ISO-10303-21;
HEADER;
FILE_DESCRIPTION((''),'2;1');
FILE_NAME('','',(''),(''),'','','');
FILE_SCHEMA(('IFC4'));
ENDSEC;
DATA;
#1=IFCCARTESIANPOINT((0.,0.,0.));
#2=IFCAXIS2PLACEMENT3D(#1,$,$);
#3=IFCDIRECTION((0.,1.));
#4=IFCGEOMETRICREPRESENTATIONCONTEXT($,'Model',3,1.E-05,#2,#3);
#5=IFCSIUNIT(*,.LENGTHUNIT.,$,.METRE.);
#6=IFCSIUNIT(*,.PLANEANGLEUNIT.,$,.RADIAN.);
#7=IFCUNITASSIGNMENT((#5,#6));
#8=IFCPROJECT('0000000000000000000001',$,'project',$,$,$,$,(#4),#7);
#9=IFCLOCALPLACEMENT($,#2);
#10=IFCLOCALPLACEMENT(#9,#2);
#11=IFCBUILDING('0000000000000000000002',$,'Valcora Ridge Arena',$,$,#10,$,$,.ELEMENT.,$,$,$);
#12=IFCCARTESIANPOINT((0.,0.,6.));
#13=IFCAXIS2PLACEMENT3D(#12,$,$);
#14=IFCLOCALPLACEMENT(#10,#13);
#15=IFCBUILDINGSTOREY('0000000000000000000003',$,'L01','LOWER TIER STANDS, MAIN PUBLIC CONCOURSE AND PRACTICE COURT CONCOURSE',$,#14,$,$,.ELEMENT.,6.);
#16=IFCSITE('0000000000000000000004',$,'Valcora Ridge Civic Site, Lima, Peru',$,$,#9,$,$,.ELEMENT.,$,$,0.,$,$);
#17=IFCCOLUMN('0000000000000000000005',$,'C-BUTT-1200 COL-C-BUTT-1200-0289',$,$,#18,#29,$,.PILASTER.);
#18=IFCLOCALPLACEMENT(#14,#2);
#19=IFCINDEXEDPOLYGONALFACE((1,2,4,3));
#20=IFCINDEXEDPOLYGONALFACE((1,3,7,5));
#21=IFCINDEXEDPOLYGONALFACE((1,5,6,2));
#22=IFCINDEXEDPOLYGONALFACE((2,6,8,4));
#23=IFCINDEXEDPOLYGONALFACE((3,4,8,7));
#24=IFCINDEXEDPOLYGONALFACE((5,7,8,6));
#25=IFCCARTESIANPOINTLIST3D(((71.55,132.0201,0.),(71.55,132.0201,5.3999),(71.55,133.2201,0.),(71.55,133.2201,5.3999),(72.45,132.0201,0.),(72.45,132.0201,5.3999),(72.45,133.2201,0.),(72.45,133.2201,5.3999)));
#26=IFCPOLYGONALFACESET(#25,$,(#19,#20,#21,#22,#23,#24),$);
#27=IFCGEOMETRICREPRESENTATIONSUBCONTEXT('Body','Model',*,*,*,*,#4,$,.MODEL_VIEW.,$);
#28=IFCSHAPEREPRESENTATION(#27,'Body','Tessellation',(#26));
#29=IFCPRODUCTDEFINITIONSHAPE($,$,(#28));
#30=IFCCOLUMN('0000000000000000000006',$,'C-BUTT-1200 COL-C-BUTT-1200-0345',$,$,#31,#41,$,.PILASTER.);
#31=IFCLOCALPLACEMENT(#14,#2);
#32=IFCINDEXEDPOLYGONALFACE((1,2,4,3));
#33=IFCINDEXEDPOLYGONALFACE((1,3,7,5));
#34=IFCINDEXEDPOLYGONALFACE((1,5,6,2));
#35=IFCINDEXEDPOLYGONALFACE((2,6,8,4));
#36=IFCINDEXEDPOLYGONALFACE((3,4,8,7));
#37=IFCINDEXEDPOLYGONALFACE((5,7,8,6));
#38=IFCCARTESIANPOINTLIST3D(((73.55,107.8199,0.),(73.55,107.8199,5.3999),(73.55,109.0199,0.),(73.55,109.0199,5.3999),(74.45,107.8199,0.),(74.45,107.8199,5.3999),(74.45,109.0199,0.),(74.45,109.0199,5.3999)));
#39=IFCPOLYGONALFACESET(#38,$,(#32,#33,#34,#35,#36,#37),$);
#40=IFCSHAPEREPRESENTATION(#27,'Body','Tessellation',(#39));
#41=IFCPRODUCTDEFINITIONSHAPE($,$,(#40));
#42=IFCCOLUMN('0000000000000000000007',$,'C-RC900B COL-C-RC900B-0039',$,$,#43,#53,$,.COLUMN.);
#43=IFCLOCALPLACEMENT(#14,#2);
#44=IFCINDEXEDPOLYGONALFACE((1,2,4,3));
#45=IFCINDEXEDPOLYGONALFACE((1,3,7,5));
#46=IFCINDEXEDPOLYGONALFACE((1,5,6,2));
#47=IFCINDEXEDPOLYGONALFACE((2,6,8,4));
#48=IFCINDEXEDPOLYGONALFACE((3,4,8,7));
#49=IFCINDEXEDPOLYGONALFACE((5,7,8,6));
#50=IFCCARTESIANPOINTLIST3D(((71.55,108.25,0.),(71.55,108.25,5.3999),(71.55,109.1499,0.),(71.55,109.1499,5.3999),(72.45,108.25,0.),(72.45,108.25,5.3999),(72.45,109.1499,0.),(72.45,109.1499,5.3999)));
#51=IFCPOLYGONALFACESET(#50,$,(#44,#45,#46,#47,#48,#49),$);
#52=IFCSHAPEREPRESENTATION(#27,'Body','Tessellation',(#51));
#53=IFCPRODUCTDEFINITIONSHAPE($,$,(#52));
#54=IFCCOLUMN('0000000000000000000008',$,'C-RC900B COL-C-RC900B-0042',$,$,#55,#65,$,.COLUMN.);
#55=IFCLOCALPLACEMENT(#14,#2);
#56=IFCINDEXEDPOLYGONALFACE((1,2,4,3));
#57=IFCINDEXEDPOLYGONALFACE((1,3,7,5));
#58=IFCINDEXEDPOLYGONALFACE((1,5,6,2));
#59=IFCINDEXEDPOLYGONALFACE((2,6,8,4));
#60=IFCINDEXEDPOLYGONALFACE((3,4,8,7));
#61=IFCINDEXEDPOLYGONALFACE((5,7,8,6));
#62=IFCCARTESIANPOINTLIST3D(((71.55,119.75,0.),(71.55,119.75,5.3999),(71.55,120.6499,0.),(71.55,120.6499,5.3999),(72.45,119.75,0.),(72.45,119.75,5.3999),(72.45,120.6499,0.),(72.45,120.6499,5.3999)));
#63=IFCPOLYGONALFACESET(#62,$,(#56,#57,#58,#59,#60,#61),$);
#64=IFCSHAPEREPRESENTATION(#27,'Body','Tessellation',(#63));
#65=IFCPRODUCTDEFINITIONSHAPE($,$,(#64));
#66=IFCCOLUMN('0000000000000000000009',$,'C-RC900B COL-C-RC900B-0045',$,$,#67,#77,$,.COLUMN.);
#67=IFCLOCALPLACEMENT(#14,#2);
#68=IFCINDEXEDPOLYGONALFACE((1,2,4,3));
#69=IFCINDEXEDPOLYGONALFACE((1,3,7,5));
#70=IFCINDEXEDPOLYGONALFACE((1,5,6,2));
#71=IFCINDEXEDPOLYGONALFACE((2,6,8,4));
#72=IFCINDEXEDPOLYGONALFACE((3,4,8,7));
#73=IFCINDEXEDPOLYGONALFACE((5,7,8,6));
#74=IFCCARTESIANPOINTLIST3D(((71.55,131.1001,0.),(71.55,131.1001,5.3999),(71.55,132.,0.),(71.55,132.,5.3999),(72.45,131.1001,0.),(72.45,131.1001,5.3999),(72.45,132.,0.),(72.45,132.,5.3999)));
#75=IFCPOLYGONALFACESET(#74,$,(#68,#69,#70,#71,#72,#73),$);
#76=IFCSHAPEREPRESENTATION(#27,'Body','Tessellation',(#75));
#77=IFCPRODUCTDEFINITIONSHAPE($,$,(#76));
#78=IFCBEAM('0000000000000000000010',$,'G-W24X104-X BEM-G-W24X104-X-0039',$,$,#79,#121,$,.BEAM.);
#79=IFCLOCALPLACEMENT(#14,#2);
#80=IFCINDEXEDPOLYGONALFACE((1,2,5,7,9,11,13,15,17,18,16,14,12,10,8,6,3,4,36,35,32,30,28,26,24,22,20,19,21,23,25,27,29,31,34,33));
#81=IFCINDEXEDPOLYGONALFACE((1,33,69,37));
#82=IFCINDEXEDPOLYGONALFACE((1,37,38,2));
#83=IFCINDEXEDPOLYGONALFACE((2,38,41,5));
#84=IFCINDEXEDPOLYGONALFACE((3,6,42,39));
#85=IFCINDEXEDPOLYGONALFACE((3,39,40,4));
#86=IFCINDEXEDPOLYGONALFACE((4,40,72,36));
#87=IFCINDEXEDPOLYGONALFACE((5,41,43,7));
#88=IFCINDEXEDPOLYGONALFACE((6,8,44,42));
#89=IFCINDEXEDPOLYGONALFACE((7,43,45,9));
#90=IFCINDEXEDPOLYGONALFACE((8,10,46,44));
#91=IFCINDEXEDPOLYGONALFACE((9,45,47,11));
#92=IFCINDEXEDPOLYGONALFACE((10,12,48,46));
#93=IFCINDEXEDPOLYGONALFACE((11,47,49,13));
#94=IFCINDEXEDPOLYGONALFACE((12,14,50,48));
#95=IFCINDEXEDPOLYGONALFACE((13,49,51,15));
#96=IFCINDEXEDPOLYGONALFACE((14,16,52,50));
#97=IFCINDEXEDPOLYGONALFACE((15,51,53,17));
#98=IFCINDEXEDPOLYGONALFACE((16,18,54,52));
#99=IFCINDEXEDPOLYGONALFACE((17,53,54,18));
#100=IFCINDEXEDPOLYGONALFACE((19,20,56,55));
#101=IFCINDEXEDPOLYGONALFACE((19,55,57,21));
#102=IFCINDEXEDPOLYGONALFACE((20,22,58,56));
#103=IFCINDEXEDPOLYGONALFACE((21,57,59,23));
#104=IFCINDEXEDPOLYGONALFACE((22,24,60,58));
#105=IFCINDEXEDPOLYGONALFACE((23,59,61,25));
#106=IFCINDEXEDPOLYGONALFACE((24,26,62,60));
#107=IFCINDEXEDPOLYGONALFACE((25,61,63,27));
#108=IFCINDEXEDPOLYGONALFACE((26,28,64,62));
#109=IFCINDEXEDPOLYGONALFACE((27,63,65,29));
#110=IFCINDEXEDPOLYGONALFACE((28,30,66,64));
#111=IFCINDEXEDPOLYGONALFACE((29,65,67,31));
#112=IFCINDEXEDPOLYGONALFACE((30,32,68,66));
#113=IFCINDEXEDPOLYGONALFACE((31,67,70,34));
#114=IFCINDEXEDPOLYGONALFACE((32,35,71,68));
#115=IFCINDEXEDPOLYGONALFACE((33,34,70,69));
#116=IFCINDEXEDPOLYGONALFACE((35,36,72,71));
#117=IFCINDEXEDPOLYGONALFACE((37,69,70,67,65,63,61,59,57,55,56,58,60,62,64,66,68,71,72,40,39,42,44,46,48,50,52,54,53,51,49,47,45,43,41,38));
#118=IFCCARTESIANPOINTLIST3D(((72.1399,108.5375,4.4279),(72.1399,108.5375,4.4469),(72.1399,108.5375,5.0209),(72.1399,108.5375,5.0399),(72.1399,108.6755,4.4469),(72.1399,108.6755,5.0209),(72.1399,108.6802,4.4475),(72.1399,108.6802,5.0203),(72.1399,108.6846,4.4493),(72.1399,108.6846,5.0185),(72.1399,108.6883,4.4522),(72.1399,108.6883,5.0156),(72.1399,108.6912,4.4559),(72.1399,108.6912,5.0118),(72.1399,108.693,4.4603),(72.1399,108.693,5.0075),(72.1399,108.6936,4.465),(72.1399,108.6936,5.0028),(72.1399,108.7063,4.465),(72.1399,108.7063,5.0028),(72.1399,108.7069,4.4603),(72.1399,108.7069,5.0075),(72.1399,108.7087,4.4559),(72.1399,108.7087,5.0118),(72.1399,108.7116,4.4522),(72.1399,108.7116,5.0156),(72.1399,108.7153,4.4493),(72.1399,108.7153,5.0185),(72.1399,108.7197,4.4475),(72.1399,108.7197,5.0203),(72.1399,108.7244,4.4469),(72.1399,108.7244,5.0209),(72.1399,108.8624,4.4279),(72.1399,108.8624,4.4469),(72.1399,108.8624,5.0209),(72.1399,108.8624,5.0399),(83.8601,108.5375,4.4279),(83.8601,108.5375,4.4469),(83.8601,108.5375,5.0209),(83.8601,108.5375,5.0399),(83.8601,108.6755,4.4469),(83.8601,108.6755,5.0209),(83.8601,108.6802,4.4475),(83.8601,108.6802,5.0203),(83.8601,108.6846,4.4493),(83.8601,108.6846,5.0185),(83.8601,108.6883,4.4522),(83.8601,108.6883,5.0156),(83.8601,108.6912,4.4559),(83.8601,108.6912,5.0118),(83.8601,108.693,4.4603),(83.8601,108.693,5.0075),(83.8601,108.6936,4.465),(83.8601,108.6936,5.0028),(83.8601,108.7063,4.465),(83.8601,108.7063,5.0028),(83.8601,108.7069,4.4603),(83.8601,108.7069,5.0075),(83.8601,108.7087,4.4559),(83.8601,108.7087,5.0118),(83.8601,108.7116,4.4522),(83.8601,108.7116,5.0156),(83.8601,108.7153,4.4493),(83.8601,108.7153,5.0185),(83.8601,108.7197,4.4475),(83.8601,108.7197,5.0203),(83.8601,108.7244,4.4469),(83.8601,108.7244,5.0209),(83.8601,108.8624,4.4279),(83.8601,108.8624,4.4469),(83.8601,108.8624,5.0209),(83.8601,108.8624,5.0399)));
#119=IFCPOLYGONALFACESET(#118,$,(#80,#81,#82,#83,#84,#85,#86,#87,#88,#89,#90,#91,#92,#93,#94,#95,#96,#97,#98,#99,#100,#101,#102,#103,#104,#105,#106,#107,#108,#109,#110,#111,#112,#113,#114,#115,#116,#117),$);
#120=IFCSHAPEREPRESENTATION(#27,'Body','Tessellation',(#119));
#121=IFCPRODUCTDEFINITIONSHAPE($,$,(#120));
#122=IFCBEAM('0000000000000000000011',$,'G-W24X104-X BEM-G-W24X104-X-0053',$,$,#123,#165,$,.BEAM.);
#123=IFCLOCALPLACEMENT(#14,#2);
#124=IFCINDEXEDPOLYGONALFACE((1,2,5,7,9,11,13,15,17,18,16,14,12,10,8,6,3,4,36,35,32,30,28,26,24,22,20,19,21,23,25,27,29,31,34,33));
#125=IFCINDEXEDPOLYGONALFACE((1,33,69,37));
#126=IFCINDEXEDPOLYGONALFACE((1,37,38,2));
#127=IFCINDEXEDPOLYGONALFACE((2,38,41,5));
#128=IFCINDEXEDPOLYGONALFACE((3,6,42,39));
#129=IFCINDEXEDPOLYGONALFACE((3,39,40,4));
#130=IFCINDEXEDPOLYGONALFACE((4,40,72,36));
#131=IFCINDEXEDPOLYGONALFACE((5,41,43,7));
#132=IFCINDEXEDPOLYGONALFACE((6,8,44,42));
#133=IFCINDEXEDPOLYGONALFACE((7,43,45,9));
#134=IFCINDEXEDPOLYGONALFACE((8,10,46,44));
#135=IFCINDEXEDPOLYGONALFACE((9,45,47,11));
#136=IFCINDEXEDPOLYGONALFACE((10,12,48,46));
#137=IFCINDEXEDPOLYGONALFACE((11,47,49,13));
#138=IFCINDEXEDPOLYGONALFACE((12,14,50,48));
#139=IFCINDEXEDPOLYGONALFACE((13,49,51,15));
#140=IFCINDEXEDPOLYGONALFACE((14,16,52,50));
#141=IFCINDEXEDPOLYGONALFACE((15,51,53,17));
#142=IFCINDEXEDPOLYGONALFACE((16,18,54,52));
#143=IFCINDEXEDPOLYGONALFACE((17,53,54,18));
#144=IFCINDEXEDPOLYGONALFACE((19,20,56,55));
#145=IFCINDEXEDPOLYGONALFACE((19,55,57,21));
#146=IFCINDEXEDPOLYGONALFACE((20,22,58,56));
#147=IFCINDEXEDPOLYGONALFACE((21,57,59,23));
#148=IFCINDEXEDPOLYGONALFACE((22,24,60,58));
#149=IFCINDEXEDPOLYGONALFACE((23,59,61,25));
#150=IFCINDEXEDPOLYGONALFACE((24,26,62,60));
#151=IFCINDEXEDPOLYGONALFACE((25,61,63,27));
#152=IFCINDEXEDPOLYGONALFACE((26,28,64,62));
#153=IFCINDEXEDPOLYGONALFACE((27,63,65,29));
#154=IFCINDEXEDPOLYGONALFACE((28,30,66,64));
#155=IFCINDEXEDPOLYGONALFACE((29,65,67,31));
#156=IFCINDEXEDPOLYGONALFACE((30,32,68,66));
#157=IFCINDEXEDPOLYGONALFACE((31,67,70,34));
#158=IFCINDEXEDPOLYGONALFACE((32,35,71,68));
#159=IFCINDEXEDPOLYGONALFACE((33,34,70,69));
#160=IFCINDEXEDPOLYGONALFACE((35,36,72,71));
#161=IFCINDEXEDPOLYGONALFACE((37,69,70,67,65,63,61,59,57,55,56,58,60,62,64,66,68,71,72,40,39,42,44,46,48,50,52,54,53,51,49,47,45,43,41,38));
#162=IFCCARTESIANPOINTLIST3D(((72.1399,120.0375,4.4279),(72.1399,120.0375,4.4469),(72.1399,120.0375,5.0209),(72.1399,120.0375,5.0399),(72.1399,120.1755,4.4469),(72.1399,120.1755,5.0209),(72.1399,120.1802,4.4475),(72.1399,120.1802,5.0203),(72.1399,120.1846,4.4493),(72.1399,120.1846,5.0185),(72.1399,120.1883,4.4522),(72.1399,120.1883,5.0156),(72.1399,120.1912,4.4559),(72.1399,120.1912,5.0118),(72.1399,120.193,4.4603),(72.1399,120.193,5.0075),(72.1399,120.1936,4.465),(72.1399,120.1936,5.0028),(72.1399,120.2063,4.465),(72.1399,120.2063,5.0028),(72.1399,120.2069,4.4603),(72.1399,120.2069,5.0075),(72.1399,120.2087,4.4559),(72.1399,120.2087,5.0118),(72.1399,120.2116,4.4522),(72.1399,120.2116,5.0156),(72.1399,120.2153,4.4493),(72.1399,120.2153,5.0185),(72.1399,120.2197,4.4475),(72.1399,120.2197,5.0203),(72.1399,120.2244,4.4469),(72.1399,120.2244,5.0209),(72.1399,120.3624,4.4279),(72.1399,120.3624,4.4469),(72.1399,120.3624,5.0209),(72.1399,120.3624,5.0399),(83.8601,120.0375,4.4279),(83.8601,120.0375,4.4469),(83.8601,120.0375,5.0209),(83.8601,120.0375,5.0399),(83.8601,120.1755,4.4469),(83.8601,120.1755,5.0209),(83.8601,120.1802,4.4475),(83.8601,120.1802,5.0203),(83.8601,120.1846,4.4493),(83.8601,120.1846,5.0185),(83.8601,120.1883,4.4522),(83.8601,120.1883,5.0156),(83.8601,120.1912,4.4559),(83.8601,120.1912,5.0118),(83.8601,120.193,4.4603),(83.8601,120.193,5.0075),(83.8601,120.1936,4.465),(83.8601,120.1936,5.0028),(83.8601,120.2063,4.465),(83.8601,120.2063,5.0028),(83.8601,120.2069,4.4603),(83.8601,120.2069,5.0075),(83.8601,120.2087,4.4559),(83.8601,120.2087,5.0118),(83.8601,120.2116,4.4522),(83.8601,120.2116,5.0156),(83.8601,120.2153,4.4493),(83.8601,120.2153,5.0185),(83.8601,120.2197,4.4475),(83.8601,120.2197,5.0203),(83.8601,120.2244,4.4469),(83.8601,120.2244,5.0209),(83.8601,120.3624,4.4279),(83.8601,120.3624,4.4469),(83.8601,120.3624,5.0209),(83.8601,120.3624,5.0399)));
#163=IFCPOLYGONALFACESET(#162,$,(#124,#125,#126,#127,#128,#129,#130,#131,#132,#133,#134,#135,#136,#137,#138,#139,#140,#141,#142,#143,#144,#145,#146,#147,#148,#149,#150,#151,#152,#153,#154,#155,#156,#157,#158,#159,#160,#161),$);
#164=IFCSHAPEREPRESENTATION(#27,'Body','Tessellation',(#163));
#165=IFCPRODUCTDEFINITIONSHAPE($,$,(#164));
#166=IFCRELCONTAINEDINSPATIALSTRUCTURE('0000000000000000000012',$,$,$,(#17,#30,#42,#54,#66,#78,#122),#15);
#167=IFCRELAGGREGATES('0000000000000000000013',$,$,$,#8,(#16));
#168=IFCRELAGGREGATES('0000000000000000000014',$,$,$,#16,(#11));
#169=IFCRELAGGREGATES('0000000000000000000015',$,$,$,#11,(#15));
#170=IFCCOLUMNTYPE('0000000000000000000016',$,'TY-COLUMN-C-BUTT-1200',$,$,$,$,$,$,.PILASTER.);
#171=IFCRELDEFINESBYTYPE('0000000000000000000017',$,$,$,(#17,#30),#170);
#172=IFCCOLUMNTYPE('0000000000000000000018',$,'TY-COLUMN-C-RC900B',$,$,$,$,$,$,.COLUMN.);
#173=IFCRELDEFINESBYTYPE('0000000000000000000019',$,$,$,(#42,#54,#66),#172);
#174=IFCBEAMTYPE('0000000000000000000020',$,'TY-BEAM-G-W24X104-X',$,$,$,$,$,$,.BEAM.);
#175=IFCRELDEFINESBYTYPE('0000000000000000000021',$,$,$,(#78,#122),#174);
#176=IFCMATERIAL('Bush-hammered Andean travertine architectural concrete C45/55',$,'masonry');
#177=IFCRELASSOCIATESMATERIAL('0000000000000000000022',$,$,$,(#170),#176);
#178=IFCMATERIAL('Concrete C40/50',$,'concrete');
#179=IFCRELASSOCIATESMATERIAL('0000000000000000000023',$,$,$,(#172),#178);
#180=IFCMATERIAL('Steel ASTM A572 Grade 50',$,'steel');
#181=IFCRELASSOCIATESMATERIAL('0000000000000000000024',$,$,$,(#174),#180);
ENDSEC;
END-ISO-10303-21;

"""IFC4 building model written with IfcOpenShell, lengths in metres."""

from ifc_helpers import new_model, si_unit, direction, frame, origin, origin_2d, place, context, subcontext, project, spatial, rectangle, i_section, extrude, material, material_profile, profile_set, type_object, element, save


model = new_model("IFC4")

# Units and contexts
model_context = context("Model", 3, precision=1e-05, world=origin(), true_north=direction((0.0, 1.0)))
body_context = subcontext(model_context, "Body", "Model", "MODEL_VIEW")
ifc_project = project(units=[si_unit("LENGTHUNIT", "METRE"), si_unit("PLANEANGLEUNIT", "RADIAN")], contexts=[model_context])

# Site, building, storey
site_placement = place(None, origin())
site = spatial("IfcSite", under=ifc_project, at=site_placement, Name="Valcora Ridge Civic Site, Lima, Peru", CompositionType="ELEMENT", RefElevation=0.0)
building_placement = place(site_placement, origin())
building = spatial("IfcBuilding", under=site, at=building_placement, Name="Valcora Ridge Arena", CompositionType="ELEMENT")
storey_placement = place(building_placement, frame((0.0, 0.0, 6.0)))
storey = spatial("IfcBuildingStorey", under=building, at=storey_placement, Name="L01", Description="LOWER TIER STANDS, MAIN PUBLIC CONCOURSE AND PRACTICE COURT CONCOURSE", CompositionType="ELEMENT", Elevation=6.0)

# Columns
ifc_material_1 = material(Name="Bush-hammered Andean travertine architectural concrete C45/55", Category="masonry")
ifc_material_profile_1 = material_profile(ifc_material_1, rectangle(XDim=0.8999, YDim=1.2, at=origin_2d()), Name="RC 900x1200")
ifc_profile_set_1 = profile_set([ifc_material_profile_1], Name="Bush-hammered Andean travertine architectural concrete C45/55")
column_type_1 = type_object("IfcColumnType", Name="TY-COLUMN-C-BUTT-1200", PredefinedType="PILASTER", material=ifc_profile_set_1)
for number, where, z_axis, x_axis, name in (
    (1, (72.0, 132.6201, 0.0), (0.0, 0.0, 1.0), (1.0, 0.0, 0.0), "C-BUTT-1200 COL-C-BUTT-1200-0289"),
    (2, (74.0, 108.4199, 0.0), (0.0, 0.0, 1.0), (1.0, 0.0, 0.0), "C-BUTT-1200 COL-C-BUTT-1200-0345"),
):
    element("IfcColumn", number, at=place(storey_placement, frame(where, z_axis=z_axis, x_axis=x_axis)), inside=storey, type_object=column_type_1, Name=name, PredefinedType="PILASTER", context=body_context, shape_type="SweptSolid", body=[
        extrude(rectangle(XDim=0.8999, YDim=1.2, at=origin_2d()), origin(), (0.0, 0.0, 1.0), 5.3999),
    ])
ifc_material_2 = material(Name="Concrete C40/50", Category="concrete")
ifc_material_profile_2 = material_profile(ifc_material_2, rectangle(XDim=0.8999, YDim=0.8999, at=origin_2d()), Name="RC 900x900")
ifc_profile_set_2 = profile_set([ifc_material_profile_2], Name="Concrete C40/50")
column_type_2 = type_object("IfcColumnType", Name="TY-COLUMN-C-RC900B", PredefinedType="COLUMN", material=ifc_profile_set_2)
for number, where, z_axis, x_axis, name in (
    (3, (72.0, 108.7, 0.0), (0.0, 0.0, 1.0), (1.0, 0.0, 0.0), "C-RC900B COL-C-RC900B-0039"),
    (4, (72.0, 120.2, 0.0), (0.0, 0.0, 1.0), (1.0, 0.0, 0.0), "C-RC900B COL-C-RC900B-0042"),
    (5, (72.0, 131.55, 0.0), (0.0, 0.0, 1.0), (1.0, 0.0, 0.0), "C-RC900B COL-C-RC900B-0045"),
):
    element("IfcColumn", number, at=place(storey_placement, frame(where, z_axis=z_axis, x_axis=x_axis)), inside=storey, type_object=column_type_2, Name=name, PredefinedType="COLUMN", context=body_context, shape_type="SweptSolid", body=[
        extrude(rectangle(XDim=0.8999, YDim=0.8999, at=origin_2d()), origin(), (0.0, 0.0, 1.0), 5.3999),
    ])

# Beams
ifc_material_3 = material(Name="Steel ASTM A572 Grade 50", Category="steel")
ifc_material_profile_3 = material_profile(ifc_material_3, i_section(OverallWidth=0.325, OverallDepth=0.6121, WebThickness=0.0127, FlangeThickness=0.019, FilletRadius=0.0181, at=origin_2d()), Name="W24X104")
ifc_profile_set_3 = profile_set([ifc_material_profile_3], Name="Steel ASTM A572 Grade 50")
beam_type_1 = type_object("IfcBeamType", Name="TY-BEAM-G-W24X104-X", PredefinedType="BEAM", material=ifc_profile_set_3)
for number, where, z_axis, x_axis, name in (
    (6, (72.1399, 108.7, 4.7339), (1.0, 0.0, 0.0), (0.0, 1.0, 0.0), "G-W24X104-X BEM-G-W24X104-X-0039"),
    (7, (72.1399, 120.2, 4.7339), (1.0, 0.0, 0.0), (0.0, 1.0, 0.0), "G-W24X104-X BEM-G-W24X104-X-0053"),
):
    element("IfcBeam", number, at=place(storey_placement, frame(where, z_axis=z_axis, x_axis=x_axis)), inside=storey, type_object=beam_type_1, Name=name, PredefinedType="BEAM", context=body_context, shape_type="SweptSolid", body=[
        extrude(i_section(OverallWidth=0.325, OverallDepth=0.6121, WebThickness=0.0127, FlangeThickness=0.019, FilletRadius=0.0181, at=origin_2d()), origin(), (0.0, 0.0, 1.0), 11.7202),
    ])

save(model, "model.ifc")
